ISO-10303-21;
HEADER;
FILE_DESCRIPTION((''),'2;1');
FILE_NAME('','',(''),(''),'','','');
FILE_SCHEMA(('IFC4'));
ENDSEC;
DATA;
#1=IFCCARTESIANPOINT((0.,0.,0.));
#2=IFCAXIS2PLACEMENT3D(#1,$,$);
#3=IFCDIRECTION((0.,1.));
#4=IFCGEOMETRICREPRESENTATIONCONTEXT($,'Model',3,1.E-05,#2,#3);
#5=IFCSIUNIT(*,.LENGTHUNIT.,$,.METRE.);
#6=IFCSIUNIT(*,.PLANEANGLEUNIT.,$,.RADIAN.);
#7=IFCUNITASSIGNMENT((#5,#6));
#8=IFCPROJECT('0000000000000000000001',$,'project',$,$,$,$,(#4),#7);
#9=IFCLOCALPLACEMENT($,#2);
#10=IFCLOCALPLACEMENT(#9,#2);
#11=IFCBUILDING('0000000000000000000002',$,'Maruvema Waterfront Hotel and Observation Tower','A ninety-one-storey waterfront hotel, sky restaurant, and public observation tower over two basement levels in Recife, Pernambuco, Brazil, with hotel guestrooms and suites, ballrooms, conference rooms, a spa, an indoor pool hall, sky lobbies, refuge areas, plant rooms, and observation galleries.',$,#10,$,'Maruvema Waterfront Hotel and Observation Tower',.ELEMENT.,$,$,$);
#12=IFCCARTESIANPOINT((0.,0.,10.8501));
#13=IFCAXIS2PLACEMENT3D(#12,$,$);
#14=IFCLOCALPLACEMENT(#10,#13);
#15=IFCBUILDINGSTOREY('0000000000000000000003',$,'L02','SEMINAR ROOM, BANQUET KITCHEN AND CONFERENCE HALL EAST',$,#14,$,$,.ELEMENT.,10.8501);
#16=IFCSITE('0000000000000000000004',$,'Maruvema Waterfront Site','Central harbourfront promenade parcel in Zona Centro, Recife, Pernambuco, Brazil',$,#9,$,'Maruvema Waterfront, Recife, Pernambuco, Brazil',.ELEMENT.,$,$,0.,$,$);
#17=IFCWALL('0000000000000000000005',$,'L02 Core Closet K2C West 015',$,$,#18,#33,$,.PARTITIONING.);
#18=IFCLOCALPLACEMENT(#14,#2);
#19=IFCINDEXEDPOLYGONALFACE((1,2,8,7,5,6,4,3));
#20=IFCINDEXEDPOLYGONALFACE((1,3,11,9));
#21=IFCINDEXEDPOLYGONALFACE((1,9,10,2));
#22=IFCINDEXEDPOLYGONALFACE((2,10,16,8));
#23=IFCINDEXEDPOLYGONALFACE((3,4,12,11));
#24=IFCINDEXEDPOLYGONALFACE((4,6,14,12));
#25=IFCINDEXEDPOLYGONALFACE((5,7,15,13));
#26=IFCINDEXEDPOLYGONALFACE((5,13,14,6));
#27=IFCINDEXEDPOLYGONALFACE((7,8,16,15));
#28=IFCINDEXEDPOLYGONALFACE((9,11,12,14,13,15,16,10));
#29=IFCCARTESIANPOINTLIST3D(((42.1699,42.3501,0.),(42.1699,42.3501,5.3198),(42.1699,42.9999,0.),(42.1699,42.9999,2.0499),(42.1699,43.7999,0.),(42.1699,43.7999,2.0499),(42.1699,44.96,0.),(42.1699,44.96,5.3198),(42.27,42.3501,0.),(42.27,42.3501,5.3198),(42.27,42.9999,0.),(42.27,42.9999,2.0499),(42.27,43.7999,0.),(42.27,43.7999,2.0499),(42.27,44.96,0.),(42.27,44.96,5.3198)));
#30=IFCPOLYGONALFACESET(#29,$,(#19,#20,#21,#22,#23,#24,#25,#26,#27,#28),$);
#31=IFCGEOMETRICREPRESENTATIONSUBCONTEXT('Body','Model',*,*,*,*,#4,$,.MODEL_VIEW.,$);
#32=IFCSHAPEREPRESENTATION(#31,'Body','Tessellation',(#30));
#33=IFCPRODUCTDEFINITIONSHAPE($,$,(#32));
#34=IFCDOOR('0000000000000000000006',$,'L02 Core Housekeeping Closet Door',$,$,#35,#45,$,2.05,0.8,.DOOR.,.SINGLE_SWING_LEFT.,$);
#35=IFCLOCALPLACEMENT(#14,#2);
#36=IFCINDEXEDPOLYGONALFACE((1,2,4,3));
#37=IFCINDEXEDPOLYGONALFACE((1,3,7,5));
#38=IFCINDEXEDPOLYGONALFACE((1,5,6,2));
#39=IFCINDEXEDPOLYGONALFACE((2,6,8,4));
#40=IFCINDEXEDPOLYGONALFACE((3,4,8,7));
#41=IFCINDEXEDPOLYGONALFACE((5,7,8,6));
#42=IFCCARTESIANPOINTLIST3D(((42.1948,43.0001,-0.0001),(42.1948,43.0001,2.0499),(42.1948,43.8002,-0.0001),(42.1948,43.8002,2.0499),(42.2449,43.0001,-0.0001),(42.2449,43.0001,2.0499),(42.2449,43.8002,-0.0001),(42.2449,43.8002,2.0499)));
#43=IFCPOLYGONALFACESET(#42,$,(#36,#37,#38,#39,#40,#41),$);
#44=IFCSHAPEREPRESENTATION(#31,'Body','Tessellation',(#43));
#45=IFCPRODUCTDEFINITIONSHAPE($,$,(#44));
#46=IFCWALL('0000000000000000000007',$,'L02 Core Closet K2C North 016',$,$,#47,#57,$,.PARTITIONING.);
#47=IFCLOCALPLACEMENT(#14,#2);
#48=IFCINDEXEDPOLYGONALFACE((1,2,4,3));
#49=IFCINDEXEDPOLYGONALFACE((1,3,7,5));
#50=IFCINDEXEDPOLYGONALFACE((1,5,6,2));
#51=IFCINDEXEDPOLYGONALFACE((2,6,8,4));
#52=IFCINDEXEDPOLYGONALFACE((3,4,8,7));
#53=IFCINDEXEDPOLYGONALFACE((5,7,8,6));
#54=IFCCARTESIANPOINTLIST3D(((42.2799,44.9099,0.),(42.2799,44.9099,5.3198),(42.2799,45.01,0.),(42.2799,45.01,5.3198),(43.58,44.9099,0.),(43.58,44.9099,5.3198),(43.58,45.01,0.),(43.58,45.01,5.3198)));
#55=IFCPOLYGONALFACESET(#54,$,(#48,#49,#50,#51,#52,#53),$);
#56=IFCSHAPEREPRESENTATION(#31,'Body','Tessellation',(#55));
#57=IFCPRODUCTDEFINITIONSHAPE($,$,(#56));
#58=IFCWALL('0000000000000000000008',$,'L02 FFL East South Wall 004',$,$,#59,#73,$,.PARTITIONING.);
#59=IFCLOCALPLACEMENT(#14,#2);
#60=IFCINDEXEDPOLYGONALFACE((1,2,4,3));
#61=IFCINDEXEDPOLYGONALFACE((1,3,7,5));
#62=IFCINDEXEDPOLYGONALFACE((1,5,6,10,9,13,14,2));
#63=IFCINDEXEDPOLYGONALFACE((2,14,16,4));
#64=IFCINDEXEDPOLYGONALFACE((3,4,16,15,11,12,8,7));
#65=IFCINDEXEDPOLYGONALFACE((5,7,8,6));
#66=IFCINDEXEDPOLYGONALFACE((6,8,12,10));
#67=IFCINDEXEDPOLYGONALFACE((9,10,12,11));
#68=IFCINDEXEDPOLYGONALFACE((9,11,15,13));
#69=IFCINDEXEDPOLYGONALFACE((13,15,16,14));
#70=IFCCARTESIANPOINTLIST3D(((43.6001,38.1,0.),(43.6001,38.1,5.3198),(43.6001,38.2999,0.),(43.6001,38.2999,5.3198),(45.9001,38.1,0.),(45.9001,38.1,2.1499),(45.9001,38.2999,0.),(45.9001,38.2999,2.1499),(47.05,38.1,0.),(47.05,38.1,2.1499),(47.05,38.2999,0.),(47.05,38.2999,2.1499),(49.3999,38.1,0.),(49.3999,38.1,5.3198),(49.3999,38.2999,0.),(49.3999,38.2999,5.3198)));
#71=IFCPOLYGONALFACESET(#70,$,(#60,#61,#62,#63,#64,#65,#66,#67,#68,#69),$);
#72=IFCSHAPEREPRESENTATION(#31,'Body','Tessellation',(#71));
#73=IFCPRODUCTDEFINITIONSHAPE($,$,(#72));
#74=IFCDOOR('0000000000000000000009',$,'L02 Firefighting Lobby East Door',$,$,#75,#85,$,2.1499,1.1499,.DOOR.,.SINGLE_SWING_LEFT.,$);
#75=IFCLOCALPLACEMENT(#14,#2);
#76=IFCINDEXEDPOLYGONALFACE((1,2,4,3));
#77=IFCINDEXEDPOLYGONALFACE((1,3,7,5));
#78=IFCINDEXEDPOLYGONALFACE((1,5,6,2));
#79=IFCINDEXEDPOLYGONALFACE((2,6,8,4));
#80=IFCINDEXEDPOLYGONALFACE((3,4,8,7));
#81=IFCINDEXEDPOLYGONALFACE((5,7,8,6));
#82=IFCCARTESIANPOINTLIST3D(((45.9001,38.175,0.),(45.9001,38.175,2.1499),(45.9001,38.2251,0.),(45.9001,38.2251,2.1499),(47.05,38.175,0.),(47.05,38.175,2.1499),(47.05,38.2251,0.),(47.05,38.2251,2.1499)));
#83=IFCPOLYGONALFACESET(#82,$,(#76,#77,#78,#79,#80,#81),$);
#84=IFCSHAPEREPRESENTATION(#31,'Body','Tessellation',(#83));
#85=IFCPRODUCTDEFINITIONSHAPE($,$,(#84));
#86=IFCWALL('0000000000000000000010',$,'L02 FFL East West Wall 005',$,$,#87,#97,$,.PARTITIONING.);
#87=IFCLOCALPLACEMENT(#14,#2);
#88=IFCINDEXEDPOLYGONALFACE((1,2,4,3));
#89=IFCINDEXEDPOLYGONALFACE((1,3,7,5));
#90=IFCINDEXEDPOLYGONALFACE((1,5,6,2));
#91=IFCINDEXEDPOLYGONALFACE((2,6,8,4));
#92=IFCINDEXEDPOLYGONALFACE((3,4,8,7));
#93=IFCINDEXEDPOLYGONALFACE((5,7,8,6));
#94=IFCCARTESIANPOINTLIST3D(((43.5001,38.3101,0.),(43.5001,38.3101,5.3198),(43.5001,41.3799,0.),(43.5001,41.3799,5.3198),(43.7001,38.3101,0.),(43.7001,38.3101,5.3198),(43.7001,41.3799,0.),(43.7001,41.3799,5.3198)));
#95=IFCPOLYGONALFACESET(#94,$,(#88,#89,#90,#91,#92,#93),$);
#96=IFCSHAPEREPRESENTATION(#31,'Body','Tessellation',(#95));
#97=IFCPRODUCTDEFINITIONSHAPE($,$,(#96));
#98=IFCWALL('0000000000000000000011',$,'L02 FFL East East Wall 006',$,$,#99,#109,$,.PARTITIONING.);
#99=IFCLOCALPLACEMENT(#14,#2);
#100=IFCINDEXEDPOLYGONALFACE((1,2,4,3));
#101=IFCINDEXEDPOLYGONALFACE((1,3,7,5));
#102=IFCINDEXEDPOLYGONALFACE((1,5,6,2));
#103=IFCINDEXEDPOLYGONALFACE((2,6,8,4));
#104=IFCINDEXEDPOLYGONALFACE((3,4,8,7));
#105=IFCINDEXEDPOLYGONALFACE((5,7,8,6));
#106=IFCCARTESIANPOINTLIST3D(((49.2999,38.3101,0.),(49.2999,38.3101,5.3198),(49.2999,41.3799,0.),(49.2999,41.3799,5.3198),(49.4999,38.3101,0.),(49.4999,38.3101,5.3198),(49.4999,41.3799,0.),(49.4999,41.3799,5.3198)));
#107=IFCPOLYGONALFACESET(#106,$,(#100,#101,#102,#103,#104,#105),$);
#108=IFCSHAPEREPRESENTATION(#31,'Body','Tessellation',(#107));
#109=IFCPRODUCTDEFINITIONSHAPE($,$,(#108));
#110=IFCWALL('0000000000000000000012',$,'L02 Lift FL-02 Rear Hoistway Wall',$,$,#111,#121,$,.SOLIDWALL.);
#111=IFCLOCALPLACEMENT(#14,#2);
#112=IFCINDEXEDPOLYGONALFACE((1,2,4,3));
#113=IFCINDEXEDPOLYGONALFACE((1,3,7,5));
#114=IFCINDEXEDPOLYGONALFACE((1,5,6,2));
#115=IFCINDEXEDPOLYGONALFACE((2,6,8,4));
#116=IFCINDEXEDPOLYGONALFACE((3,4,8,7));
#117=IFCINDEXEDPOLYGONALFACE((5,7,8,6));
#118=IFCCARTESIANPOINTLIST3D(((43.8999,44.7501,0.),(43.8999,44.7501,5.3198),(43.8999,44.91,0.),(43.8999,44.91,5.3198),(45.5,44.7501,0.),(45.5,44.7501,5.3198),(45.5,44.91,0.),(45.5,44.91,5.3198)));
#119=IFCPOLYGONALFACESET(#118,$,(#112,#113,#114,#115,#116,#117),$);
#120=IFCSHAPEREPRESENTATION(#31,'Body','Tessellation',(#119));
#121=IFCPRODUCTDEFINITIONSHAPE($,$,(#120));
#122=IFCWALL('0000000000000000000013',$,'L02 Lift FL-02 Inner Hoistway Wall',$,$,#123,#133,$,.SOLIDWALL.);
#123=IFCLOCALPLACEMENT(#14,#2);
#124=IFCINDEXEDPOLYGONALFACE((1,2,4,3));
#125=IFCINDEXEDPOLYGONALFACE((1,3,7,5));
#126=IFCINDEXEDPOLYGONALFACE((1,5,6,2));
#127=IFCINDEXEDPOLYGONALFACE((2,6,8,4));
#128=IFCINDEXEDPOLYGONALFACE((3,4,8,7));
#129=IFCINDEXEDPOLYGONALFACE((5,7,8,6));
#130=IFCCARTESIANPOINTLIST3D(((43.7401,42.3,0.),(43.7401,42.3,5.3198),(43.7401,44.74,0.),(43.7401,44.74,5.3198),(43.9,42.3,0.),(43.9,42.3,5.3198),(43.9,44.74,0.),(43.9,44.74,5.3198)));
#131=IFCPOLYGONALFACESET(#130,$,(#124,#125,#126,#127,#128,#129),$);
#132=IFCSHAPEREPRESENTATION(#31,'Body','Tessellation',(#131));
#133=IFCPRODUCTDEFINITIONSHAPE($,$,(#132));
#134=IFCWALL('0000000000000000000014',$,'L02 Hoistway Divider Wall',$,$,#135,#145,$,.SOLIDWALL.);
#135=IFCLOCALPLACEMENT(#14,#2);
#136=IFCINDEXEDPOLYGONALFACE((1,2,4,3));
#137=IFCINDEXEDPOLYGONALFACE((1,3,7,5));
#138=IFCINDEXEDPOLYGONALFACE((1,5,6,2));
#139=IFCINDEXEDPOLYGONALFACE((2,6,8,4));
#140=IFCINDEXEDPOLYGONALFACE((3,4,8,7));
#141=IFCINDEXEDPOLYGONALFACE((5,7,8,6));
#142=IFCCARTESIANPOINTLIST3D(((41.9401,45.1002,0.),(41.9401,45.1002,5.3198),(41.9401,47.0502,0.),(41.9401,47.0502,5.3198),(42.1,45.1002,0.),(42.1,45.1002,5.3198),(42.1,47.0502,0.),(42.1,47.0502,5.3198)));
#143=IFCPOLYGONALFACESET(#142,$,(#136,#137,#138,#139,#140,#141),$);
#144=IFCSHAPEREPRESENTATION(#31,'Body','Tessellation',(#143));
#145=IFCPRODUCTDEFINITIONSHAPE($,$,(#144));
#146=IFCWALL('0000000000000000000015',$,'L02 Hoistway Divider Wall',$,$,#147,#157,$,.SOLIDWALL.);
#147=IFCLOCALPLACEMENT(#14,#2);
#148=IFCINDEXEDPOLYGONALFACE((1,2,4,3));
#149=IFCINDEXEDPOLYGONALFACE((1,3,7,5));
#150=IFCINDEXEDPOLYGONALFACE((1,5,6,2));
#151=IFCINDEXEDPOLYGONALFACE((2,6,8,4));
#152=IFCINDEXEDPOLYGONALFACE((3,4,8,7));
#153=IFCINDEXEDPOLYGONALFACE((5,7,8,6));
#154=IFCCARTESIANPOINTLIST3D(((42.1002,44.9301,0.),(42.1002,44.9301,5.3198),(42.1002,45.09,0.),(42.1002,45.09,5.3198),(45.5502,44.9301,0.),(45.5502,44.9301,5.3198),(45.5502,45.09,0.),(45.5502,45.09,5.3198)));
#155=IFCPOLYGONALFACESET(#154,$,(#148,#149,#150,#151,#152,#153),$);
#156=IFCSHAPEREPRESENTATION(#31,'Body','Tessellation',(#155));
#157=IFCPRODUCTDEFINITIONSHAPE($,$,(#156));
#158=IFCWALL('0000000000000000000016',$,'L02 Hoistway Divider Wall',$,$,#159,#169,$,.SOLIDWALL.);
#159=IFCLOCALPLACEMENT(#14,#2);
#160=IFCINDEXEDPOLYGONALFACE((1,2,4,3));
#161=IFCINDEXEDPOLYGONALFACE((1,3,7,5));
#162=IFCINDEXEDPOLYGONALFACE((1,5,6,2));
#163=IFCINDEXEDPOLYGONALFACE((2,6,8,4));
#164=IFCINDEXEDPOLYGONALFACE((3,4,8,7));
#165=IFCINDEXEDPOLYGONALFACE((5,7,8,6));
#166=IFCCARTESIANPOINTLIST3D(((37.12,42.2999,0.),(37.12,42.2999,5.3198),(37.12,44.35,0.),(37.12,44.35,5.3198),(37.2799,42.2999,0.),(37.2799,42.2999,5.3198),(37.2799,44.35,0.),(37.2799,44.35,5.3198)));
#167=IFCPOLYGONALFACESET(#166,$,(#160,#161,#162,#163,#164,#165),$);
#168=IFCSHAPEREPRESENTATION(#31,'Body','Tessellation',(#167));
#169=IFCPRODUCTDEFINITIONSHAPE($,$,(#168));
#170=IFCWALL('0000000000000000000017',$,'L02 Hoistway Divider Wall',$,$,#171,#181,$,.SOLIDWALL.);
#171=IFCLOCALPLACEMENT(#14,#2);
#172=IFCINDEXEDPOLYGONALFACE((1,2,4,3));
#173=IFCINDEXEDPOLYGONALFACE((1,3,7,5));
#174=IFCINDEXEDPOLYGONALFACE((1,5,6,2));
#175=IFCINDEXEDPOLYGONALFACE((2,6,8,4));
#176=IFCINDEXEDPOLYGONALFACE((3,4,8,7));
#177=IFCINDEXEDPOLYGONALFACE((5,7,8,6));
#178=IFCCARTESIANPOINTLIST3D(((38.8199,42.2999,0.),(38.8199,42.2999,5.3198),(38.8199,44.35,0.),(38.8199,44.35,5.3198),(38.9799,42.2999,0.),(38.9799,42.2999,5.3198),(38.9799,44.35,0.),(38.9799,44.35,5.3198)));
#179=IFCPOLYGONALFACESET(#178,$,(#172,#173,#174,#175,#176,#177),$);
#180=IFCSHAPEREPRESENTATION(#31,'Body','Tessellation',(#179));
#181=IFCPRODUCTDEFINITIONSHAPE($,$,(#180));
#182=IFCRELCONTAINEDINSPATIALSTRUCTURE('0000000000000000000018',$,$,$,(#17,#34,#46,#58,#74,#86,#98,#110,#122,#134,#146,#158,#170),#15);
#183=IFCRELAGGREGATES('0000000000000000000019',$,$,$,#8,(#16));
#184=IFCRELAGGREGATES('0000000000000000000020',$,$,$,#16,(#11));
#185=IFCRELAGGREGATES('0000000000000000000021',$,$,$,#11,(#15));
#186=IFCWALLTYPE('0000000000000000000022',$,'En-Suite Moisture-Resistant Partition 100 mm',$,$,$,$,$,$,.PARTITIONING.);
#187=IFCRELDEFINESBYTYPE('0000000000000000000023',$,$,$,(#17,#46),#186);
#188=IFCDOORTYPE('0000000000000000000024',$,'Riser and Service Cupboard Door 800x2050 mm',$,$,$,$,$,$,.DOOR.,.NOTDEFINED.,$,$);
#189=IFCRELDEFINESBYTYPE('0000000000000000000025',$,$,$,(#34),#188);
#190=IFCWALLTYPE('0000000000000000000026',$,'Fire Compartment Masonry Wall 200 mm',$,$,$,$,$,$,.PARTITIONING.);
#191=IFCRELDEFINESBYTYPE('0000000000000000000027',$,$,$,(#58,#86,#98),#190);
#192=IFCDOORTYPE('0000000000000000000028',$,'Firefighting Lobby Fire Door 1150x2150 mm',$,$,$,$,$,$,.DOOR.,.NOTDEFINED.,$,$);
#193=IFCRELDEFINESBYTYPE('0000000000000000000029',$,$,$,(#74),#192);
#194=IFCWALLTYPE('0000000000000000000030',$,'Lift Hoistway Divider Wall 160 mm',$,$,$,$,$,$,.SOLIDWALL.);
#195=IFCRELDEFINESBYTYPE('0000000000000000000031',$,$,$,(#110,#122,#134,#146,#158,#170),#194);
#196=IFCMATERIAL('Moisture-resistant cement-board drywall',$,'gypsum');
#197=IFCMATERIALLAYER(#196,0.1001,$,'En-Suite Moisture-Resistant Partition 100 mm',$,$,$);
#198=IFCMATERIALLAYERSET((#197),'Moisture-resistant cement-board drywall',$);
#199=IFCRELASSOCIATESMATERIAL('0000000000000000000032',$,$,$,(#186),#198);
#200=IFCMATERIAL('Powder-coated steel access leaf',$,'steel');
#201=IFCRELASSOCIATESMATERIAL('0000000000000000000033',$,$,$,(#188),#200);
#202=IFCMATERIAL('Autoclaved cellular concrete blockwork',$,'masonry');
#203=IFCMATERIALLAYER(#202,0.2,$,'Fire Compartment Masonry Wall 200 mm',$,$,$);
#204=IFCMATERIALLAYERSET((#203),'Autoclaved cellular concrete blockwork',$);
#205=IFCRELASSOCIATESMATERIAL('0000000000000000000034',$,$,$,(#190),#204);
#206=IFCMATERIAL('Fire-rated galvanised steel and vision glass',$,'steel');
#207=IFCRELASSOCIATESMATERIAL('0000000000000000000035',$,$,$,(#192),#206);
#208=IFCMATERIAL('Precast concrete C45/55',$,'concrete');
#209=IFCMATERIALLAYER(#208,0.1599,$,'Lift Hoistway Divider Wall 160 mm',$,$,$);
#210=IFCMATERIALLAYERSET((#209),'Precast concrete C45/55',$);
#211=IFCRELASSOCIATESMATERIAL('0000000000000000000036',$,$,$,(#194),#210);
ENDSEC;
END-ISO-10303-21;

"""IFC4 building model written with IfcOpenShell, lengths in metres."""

from ifc_helpers import new_model, si_unit, direction, frame, frame_2d, origin, place, context, subcontext, project, spatial, rectangle, extrude, material, layer, layer_set, type_object, element, fill, save


model = new_model("IFC4")

# Units and contexts
model_context = context("Model", 3, precision=1e-05, world=origin(), true_north=direction((0.0, 1.0)))
body_context = subcontext(model_context, "Body", "Model", "MODEL_VIEW")
ifc_project = project(units=[si_unit("LENGTHUNIT", "METRE"), si_unit("PLANEANGLEUNIT", "RADIAN")], contexts=[model_context])

# Site, building, storey
site_placement = place(None, origin())
site = spatial("IfcSite", under=ifc_project, at=site_placement, Name="Maruvema Waterfront Site", Description="Central harbourfront promenade parcel in Zona Centro, Recife, Pernambuco, Brazil", LongName="Maruvema Waterfront, Recife, Pernambuco, Brazil", CompositionType="ELEMENT", RefElevation=0.0)
building_placement = place(site_placement, origin())
building = spatial("IfcBuilding", under=site, at=building_placement, Name="Maruvema Waterfront Hotel and Observation Tower", Description="A ninety-one-storey waterfront hotel, sky restaurant, and public observation tower over two basement levels in Recife, Pernambuco, Brazil, with hotel guestrooms and suites, ballrooms, conference rooms, a spa, an indoor pool hall, sky lobbies, refuge areas, plant rooms, and observation galleries.", LongName="Maruvema Waterfront Hotel and Observation Tower", CompositionType="ELEMENT")
storey_placement = place(building_placement, frame((0.0, 0.0, 10.8501)))
storey = spatial("IfcBuildingStorey", under=building, at=storey_placement, Name="L02", Description="SEMINAR ROOM, BANQUET KITCHEN AND CONFERENCE HALL EAST", CompositionType="ELEMENT", Elevation=10.8501)

# Shared definitions
ifc_material_1 = material(Name="Moisture-resistant cement-board drywall", Category="gypsum")
ifc_layer_1 = layer(ifc_material_1, 0.1001, Name="En-Suite Moisture-Resistant Partition 100 mm")
ifc_layer_set_1 = layer_set([ifc_layer_1], Name="Moisture-resistant cement-board drywall")
wall_type_1 = type_object("IfcWallType", Name="En-Suite Moisture-Resistant Partition 100 mm", PredefinedType="PARTITIONING", material=ifc_layer_set_1)

# Wall, opening, door
wall_1_placement = place(storey_placement, frame((42.22, 42.3501, 0.0), z_axis=(0.0, 0.0, 1.0), x_axis=(0.0, 1.0, 0.0)))
wall_1 = element("IfcWall", 1, at=wall_1_placement, inside=storey, type_object=wall_type_1, Name="L02 Core Closet K2C West 015", PredefinedType="PARTITIONING", context=body_context, shape_type="SweptSolid", body=[
    extrude(rectangle(XDim=2.6099, YDim=0.1001, at=frame_2d((1.3049, 0.0))), origin(), (0.0, 0.0, 1.0), 5.3198),
])
opening_1_placement = place(wall_1_placement, frame((0.6499, 0.0, 0.0)))
opening_1 = element("IfcOpeningElement", 2, at=opening_1_placement, cuts=wall_1, PredefinedType="OPENING", context=body_context, shape_type="SweptSolid", body=[
    extrude(rectangle(XDim=0.8, YDim=2.05, at=frame_2d((0.3999, 1.0249))), frame((0.0, 0.0601, 0.0), z_axis=(0.0, -1.0, 0.0), x_axis=(1.0, 0.0, 0.0)), (0.0, 0.0, 1.0), 0.1201),
])
ifc_material_2 = material(Name="Powder-coated steel access leaf", Category="steel")
door_type_1 = type_object("IfcDoorType", Name="Riser and Service Cupboard Door 800x2050 mm", OperationType="NOTDEFINED", PredefinedType="DOOR", material=ifc_material_2)
door_1_placement = place(opening_1_placement, frame((0.8, 0.0, 0.0), z_axis=(0.0, 0.0, 1.0), x_axis=(-1.0, 0.0, 0.0)))
door_1 = element("IfcDoor", 3, at=door_1_placement, inside=storey, type_object=door_type_1, Name="L02 Core Housekeeping Closet Door", OperationType="SINGLE_SWING_LEFT", OverallHeight=2.05, OverallWidth=0.8, PredefinedType="DOOR", context=body_context, shape_type="SweptSolid", body=[
    extrude(rectangle(XDim=0.8, YDim=2.05, at=frame_2d((0.3999, 1.0249))), frame((0.0, 0.0249, 0.0), z_axis=(0.0, -1.0, 0.0), x_axis=(1.0, 0.0, 0.0)), (0.0, 0.0, 1.0), 0.05),
])
fill(opening_1, door_1)

# Wall
wall_2_placement = place(storey_placement, frame((42.28, 44.96, 0.0), z_axis=(0.0, 0.0, 1.0), x_axis=(1.0, 0.0, 0.0)))
element("IfcWall", 4, at=wall_2_placement, inside=storey, type_object=wall_type_1, Name="L02 Core Closet K2C North 016", PredefinedType="PARTITIONING", context=body_context, shape_type="SweptSolid", body=[
    extrude(rectangle(XDim=1.3, YDim=0.1001, at=frame_2d((0.6499, 0.0))), origin(), (0.0, 0.0, 1.0), 5.3198),
])

# Wall, opening, door
ifc_material_3 = material(Name="Autoclaved cellular concrete blockwork", Category="masonry")
ifc_layer_2 = layer(ifc_material_3, 0.2, Name="Fire Compartment Masonry Wall 200 mm")
ifc_layer_set_2 = layer_set([ifc_layer_2], Name="Autoclaved cellular concrete blockwork")
wall_type_2 = type_object("IfcWallType", Name="Fire Compartment Masonry Wall 200 mm", PredefinedType="PARTITIONING", material=ifc_layer_set_2)
wall_3_placement = place(storey_placement, frame((43.6001, 38.2, 0.0), z_axis=(0.0, 0.0, 1.0), x_axis=(1.0, 0.0, 0.0)))
wall_3 = element("IfcWall", 5, at=wall_3_placement, inside=storey, type_object=wall_type_2, Name="L02 FFL East South Wall 004", PredefinedType="PARTITIONING", context=body_context, shape_type="SweptSolid", body=[
    extrude(rectangle(XDim=5.7998, YDim=0.2, at=frame_2d((2.8999, 0.0))), origin(), (0.0, 0.0, 1.0), 5.3198),
])
opening_2_placement = place(wall_3_placement, frame((2.3, 0.0, 0.0)))
opening_2 = element("IfcOpeningElement", 6, at=opening_2_placement, cuts=wall_3, PredefinedType="OPENING", context=body_context, shape_type="SweptSolid", body=[
    extrude(rectangle(XDim=1.1499, YDim=2.1499, at=frame_2d((0.575, 1.075))), frame((0.0, 0.1099, 0.0), z_axis=(0.0, -1.0, 0.0), x_axis=(1.0, 0.0, 0.0)), (0.0, 0.0, 1.0), 0.22),
])
ifc_material_4 = material(Name="Fire-rated galvanised steel and vision glass", Category="steel")
door_type_2 = type_object("IfcDoorType", Name="Firefighting Lobby Fire Door 1150x2150 mm", OperationType="NOTDEFINED", PredefinedType="DOOR", material=ifc_material_4)
door_2_placement = place(opening_2_placement, frame((1.1499, 0.0, 0.0), z_axis=(0.0, 0.0, 1.0), x_axis=(-1.0, 0.0, 0.0)))
door_2 = element("IfcDoor", 7, at=door_2_placement, inside=storey, type_object=door_type_2, Name="L02 Firefighting Lobby East Door", OperationType="SINGLE_SWING_LEFT", OverallHeight=2.1499, OverallWidth=1.1499, PredefinedType="DOOR", context=body_context, shape_type="SweptSolid", body=[
    extrude(rectangle(XDim=1.1499, YDim=2.1499, at=frame_2d((0.575, 1.075))), frame((0.0, 0.0249, 0.0), z_axis=(0.0, -1.0, 0.0), x_axis=(1.0, 0.0, 0.0)), (0.0, 0.0, 1.0), 0.05),
])
fill(opening_2, door_2)

# Walls
for number, where, z_axis, x_axis, name in (
    (8, (43.6001, 38.3101, 0.0), (0.0, 0.0, 1.0), (0.0, 1.0, 0.0), "L02 FFL East West Wall 005"),
    (9, (49.3999, 38.3101, 0.0), (0.0, 0.0, 1.0), (0.0, 1.0, 0.0), "L02 FFL East East Wall 006"),
):
    element("IfcWall", number, at=place(storey_placement, frame(where, z_axis=z_axis, x_axis=x_axis)), inside=storey, type_object=wall_type_2, Name=name, PredefinedType="PARTITIONING", context=body_context, shape_type="SweptSolid", body=[
        extrude(rectangle(XDim=3.0698, YDim=0.2, at=frame_2d((1.5349, 0.0))), origin(), (0.0, 0.0, 1.0), 5.3198),
    ])
ifc_material_5 = material(Name="Precast concrete C45/55", Category="concrete")
ifc_layer_3 = layer(ifc_material_5, 0.1599, Name="Lift Hoistway Divider Wall 160 mm")
ifc_layer_set_3 = layer_set([ifc_layer_3], Name="Precast concrete C45/55")
wall_type_3 = type_object("IfcWallType", Name="Lift Hoistway Divider Wall 160 mm", PredefinedType="SOLIDWALL", material=ifc_layer_set_3)
wall_4_placement = place(storey_placement, frame((43.8999, 44.8301, 0.0), z_axis=(0.0, 0.0, 1.0), x_axis=(1.0, 0.0, 0.0)))
element("IfcWall", 10, at=wall_4_placement, inside=storey, type_object=wall_type_3, Name="L02 Lift FL-02 Rear Hoistway Wall", PredefinedType="SOLIDWALL", context=body_context, shape_type="SweptSolid", body=[
    extrude(rectangle(XDim=1.6001, YDim=0.1599, at=frame_2d((0.8, 0.0))), origin(), (0.0, 0.0, 1.0), 5.3198),
])
wall_5_placement = place(storey_placement, frame((43.8201, 42.3, 0.0), z_axis=(0.0, 0.0, 1.0), x_axis=(0.0, 1.0, 0.0)))
element("IfcWall", 11, at=wall_5_placement, inside=storey, type_object=wall_type_3, Name="L02 Lift FL-02 Inner Hoistway Wall", PredefinedType="SOLIDWALL", context=body_context, shape_type="SweptSolid", body=[
    extrude(rectangle(XDim=2.4399, YDim=0.1599, at=frame_2d((1.22, 0.0))), origin(), (0.0, 0.0, 1.0), 5.3198),
])
wall_6_placement = place(storey_placement, frame((42.02, 45.1001, 0.0), z_axis=(0.0, 0.0, 1.0), x_axis=(0.0, 1.0, 0.0)))
element("IfcWall", 12, at=wall_6_placement, inside=storey, type_object=wall_type_3, Name="L02 Hoistway Divider Wall", PredefinedType="SOLIDWALL", context=body_context, shape_type="SweptSolid", body=[
    extrude(rectangle(XDim=1.95, YDim=0.1599, at=frame_2d((0.9751, 0.0))), origin(), (0.0, 0.0, 1.0), 5.3198),
])
wall_7_placement = place(storey_placement, frame((42.1001, 45.01, 0.0), z_axis=(0.0, 0.0, 1.0), x_axis=(1.0, 0.0, 0.0)))
element("IfcWall", 13, at=wall_7_placement, inside=storey, type_object=wall_type_3, Name="L02 Hoistway Divider Wall", PredefinedType="SOLIDWALL", context=body_context, shape_type="SweptSolid", body=[
    extrude(rectangle(XDim=3.45, YDim=0.1599, at=frame_2d((1.7251, 0.0))), origin(), (0.0, 0.0, 1.0), 5.3198),
])
for number, where, z_axis, x_axis, name in (
    (14, (37.2, 42.3, 0.0), (0.0, 0.0, 1.0), (0.0, 1.0, 0.0), "L02 Hoistway Divider Wall"),
    (15, (38.8999, 42.3, 0.0), (0.0, 0.0, 1.0), (0.0, 1.0, 0.0), "L02 Hoistway Divider Wall"),
):
    element("IfcWall", number, at=place(storey_placement, frame(where, z_axis=z_axis, x_axis=x_axis)), inside=storey, type_object=wall_type_3, Name=name, PredefinedType="SOLIDWALL", context=body_context, shape_type="SweptSolid", body=[
        extrude(rectangle(XDim=2.05, YDim=0.1599, at=frame_2d((1.0249, 0.0))), origin(), (0.0, 0.0, 1.0), 5.3198),
    ])

save(model, "model.ifc")
